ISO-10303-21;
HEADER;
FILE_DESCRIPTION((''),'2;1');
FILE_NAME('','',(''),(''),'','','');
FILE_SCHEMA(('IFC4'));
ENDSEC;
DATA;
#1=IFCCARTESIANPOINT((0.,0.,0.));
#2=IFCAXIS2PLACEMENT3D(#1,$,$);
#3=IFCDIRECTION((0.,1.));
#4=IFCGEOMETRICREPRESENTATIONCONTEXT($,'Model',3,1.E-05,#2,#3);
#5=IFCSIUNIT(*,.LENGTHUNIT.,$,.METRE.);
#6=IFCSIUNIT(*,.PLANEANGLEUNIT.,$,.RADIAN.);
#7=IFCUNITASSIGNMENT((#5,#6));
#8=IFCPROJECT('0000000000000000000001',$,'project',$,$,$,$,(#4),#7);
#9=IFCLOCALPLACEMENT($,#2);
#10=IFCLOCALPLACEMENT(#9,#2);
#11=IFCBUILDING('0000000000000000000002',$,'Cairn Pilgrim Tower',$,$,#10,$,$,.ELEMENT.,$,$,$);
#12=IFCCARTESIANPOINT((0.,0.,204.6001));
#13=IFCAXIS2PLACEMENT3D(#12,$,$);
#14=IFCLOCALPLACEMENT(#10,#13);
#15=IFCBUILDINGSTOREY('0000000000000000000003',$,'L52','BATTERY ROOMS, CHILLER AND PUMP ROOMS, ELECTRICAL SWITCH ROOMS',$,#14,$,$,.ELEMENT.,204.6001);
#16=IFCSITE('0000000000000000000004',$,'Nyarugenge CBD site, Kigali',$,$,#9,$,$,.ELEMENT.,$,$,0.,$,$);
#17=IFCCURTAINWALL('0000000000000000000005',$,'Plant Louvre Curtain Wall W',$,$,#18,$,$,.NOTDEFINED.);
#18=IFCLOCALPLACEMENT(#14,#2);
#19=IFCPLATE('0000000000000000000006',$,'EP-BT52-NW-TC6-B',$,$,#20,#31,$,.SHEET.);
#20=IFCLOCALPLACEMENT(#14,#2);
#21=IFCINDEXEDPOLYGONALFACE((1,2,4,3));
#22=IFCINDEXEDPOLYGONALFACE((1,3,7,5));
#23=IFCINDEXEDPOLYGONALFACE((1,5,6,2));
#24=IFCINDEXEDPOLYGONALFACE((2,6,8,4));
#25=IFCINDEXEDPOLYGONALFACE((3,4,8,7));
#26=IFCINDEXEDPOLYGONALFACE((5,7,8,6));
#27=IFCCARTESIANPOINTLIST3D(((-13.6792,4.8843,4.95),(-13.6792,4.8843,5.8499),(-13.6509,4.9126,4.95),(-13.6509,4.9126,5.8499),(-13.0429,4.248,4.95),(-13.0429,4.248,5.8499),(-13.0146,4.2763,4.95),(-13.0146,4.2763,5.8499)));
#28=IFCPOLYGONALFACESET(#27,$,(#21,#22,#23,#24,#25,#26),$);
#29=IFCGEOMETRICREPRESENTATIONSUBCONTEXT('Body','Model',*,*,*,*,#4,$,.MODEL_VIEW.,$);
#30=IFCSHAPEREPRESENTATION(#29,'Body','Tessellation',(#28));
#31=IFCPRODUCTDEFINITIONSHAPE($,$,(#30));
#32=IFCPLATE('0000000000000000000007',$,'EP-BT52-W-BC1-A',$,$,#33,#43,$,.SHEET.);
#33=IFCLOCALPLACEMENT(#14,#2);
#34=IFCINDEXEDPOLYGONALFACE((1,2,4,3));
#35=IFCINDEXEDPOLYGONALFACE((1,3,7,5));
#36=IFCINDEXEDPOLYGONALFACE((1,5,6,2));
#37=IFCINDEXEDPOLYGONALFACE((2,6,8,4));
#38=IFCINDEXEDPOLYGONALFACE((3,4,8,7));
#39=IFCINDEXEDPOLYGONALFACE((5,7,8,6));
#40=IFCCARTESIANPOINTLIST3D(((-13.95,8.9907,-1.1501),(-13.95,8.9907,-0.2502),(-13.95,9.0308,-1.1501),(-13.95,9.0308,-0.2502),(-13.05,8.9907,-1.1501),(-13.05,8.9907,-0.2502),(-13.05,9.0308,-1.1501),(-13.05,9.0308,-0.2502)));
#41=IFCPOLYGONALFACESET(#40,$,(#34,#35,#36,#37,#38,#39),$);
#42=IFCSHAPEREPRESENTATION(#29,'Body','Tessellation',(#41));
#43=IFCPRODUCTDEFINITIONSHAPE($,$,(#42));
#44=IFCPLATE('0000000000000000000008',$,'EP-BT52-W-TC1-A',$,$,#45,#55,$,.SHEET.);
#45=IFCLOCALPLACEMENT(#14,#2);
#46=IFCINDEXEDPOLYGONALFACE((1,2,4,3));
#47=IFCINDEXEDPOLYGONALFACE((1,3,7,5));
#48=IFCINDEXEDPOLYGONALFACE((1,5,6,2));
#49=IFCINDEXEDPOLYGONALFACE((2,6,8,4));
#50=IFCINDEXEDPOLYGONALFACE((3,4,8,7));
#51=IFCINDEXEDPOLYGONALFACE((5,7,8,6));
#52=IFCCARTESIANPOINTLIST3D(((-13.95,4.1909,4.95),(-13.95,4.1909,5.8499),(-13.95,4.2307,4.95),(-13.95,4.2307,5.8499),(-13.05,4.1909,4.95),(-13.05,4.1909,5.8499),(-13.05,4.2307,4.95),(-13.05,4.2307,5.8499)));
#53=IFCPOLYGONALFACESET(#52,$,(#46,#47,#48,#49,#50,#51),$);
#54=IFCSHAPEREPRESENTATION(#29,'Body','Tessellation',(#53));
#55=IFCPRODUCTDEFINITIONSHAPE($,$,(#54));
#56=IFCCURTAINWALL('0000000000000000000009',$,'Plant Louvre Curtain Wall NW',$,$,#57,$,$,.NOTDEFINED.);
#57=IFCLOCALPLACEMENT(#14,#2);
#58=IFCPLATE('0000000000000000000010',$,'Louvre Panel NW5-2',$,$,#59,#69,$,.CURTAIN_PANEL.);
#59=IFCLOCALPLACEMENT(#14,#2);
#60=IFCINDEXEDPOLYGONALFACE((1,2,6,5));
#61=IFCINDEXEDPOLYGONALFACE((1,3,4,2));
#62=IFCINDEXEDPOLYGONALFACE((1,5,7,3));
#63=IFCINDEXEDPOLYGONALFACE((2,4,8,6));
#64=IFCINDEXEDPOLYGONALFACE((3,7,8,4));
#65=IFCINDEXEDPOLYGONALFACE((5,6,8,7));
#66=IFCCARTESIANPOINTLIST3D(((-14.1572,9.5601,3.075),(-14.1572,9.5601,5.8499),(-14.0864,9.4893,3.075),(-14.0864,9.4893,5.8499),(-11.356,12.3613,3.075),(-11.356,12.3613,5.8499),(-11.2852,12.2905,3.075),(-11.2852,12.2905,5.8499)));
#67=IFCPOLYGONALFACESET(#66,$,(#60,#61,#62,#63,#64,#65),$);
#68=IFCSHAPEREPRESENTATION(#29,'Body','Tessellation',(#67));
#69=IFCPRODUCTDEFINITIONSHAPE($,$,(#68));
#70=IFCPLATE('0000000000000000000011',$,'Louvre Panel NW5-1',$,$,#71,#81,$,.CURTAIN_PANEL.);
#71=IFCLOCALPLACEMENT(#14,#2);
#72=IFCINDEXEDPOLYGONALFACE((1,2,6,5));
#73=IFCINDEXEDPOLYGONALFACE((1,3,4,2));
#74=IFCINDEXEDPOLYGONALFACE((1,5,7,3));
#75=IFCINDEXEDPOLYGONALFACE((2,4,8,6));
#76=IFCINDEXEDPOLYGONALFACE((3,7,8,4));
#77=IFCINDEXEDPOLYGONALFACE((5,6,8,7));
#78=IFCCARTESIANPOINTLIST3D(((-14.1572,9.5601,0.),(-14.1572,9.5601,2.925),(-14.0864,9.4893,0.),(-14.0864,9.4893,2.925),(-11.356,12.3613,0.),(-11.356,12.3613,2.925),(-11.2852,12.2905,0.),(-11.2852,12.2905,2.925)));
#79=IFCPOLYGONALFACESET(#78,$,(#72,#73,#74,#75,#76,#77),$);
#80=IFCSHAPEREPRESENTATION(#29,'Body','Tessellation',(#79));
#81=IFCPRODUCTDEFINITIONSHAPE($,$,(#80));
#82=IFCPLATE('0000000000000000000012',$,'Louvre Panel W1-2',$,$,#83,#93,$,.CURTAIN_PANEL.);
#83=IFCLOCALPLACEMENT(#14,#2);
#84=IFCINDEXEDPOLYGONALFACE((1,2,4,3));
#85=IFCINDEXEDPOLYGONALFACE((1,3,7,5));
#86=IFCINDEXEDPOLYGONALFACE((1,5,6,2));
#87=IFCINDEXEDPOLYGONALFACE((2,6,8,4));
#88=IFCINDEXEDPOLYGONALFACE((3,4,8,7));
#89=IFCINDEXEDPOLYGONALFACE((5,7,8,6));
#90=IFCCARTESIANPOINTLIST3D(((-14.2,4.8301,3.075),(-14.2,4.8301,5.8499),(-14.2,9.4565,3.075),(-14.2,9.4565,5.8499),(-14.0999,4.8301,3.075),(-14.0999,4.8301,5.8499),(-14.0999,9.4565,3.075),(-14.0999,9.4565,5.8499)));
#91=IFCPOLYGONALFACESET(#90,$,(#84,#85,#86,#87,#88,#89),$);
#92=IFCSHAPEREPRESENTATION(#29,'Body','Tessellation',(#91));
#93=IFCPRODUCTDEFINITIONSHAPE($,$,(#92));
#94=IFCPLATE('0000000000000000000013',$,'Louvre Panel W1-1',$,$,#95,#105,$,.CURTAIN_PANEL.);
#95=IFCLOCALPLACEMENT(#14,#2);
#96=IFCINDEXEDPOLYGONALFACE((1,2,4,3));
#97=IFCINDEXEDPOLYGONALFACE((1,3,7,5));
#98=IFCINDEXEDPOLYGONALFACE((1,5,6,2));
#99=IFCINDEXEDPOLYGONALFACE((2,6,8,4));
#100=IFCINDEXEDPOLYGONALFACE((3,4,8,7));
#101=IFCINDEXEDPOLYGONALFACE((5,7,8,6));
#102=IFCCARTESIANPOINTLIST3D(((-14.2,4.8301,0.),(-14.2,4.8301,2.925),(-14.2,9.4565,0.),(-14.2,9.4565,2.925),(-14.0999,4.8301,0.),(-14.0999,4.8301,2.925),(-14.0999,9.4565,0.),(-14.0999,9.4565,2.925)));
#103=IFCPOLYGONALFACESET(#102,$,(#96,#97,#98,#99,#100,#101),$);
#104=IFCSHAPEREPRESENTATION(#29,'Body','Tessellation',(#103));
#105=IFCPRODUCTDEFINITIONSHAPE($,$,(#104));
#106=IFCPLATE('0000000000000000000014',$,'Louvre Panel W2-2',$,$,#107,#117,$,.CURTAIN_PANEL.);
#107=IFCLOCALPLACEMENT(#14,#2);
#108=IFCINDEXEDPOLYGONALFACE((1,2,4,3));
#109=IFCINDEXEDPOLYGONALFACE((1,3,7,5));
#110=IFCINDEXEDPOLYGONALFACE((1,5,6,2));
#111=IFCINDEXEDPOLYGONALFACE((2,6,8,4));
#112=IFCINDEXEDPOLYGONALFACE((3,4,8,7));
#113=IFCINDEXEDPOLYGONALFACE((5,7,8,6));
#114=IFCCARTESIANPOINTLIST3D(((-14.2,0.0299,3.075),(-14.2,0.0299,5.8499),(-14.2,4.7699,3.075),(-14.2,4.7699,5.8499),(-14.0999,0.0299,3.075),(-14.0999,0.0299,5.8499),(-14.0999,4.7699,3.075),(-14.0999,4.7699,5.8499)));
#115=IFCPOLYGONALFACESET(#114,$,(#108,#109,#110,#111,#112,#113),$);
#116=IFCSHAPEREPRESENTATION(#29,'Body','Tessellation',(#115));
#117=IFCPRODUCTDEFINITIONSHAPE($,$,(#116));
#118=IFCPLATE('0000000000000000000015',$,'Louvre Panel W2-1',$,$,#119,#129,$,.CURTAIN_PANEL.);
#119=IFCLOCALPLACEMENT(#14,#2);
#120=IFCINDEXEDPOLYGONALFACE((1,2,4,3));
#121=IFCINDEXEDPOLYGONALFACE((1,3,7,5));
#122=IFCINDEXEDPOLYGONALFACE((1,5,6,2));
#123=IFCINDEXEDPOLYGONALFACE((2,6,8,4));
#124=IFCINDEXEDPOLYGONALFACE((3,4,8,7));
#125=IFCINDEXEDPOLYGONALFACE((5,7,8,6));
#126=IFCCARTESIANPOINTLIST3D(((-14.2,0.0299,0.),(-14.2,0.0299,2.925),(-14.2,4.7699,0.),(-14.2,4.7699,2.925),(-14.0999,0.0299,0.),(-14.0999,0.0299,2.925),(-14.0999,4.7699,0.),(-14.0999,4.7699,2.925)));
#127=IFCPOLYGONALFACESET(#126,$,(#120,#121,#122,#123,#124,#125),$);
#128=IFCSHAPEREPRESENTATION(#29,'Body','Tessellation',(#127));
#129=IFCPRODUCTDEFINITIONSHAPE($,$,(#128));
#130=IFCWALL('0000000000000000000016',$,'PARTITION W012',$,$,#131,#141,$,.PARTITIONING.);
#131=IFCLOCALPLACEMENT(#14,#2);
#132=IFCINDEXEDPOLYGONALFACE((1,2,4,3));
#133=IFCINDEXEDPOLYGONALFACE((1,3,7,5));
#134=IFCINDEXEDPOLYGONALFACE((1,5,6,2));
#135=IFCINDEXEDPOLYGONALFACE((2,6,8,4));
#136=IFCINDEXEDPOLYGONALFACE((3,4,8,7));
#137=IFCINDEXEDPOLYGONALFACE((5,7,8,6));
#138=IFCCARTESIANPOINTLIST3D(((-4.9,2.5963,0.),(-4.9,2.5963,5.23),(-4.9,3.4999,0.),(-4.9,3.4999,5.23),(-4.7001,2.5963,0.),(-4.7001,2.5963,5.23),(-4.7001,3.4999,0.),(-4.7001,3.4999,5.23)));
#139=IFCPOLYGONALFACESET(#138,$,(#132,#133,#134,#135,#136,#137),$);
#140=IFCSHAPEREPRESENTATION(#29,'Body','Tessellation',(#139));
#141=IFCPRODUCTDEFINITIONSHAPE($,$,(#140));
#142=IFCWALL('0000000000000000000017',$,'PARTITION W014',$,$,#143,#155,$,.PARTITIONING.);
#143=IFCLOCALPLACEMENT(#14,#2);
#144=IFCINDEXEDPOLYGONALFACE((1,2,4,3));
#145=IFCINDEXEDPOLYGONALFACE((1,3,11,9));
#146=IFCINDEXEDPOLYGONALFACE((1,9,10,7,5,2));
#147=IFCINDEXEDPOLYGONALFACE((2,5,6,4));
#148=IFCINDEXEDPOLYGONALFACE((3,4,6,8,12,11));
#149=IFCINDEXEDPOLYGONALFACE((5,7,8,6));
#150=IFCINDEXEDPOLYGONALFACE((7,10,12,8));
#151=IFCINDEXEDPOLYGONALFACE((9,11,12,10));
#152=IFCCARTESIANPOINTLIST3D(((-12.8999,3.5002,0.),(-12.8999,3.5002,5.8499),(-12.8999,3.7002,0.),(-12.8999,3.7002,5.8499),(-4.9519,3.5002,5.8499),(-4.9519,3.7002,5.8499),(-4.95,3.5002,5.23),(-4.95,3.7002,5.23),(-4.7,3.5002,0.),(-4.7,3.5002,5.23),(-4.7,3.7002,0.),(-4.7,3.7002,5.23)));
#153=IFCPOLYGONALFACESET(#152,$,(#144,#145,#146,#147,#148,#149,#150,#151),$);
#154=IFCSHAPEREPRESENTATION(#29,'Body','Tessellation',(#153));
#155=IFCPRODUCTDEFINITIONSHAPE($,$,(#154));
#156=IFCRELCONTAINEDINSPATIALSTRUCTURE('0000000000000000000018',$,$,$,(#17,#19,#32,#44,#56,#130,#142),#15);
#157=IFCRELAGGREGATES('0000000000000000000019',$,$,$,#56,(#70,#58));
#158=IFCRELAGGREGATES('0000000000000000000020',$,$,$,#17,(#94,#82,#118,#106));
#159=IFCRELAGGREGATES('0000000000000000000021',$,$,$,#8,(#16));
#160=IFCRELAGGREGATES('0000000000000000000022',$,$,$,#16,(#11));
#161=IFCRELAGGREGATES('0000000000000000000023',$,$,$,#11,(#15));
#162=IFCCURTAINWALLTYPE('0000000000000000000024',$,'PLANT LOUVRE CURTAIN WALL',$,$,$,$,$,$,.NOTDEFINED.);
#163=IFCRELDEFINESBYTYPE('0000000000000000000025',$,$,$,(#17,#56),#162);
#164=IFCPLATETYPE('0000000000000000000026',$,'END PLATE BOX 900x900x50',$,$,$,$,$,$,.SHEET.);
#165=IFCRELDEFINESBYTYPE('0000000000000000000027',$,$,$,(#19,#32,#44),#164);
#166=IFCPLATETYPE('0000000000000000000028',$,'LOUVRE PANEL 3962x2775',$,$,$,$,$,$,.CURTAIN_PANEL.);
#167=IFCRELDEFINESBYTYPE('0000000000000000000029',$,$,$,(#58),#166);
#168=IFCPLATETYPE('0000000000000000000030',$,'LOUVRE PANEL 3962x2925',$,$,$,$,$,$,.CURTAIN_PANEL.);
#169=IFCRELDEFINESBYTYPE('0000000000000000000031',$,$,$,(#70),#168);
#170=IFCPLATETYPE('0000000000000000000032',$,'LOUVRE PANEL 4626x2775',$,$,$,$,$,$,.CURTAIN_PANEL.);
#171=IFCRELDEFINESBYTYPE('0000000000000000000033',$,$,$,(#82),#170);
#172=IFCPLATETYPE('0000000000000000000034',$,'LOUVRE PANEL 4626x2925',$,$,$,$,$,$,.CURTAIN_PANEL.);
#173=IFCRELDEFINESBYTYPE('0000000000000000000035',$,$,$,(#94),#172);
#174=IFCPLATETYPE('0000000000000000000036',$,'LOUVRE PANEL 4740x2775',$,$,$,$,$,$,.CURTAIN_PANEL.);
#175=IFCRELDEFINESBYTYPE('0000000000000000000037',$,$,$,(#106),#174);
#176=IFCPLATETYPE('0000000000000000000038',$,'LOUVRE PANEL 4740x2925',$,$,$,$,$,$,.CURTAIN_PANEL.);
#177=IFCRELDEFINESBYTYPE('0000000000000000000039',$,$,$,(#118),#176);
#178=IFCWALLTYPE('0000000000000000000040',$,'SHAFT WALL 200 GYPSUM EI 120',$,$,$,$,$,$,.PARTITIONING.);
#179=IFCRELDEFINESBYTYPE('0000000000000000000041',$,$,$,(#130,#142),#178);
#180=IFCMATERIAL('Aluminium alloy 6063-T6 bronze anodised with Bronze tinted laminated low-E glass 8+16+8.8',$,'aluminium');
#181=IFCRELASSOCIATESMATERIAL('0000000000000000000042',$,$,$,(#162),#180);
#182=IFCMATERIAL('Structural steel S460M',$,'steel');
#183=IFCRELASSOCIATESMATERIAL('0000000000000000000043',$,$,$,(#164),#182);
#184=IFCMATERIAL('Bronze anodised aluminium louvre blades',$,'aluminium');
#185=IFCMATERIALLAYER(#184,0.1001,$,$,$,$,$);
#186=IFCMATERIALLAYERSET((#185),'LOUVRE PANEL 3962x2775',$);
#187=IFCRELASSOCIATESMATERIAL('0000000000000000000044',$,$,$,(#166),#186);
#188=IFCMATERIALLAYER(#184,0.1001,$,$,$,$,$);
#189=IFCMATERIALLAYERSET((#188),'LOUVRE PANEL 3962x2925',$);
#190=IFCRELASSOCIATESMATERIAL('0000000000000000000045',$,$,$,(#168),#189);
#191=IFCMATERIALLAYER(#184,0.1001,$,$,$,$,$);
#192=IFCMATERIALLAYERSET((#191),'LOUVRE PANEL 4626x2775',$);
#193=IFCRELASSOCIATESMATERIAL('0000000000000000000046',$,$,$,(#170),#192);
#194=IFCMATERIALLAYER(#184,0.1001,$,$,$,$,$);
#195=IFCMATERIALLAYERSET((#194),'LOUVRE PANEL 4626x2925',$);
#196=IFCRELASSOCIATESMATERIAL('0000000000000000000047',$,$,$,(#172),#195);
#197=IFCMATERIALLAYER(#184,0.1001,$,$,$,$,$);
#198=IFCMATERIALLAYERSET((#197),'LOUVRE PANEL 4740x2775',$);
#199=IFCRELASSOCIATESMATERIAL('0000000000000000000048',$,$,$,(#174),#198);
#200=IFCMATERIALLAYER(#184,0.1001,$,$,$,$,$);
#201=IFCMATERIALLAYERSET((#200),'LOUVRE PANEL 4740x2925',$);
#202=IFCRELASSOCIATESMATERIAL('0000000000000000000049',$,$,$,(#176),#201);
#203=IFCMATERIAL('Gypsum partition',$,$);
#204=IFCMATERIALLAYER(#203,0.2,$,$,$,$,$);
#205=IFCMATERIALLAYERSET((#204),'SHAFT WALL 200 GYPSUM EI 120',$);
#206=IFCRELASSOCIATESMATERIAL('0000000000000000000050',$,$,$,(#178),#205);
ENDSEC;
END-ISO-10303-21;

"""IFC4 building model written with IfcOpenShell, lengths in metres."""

from ifc_helpers import new_model, si_unit, direction, frame, frame_2d, origin, origin_2d, place, context, subcontext, project, spatial, polyline, rectangle, outline, extrude, material, layer, layer_set, material_profile, profile_set, type_object, element, aggregate, save


model = new_model("IFC4")

# Units and contexts
model_context = context("Model", 3, precision=1e-05, world=origin(), true_north=direction((0.0, 1.0)))
body_context = subcontext(model_context, "Body", "Model", "MODEL_VIEW")
ifc_project = project(units=[si_unit("LENGTHUNIT", "METRE"), si_unit("PLANEANGLEUNIT", "RADIAN")], contexts=[model_context])

# Site, building, storey
site_placement = place(None, origin())
site = spatial("IfcSite", under=ifc_project, at=site_placement, Name="Nyarugenge CBD site, Kigali", CompositionType="ELEMENT", RefElevation=0.0)
building_placement = place(site_placement, origin())
building = spatial("IfcBuilding", under=site, at=building_placement, Name="Cairn Pilgrim Tower", CompositionType="ELEMENT")
storey_placement = place(building_placement, frame((0.0, 0.0, 204.6001)))
storey = spatial("IfcBuildingStorey", under=building, at=storey_placement, Name="L52", Description="BATTERY ROOMS, CHILLER AND PUMP ROOMS, ELECTRICAL SWITCH ROOMS", CompositionType="ELEMENT", Elevation=204.6001)

# Shared definitions
ifc_material_1 = material(Name="Structural steel S460M", Category="steel")

# Curtain wall
ifc_material_2 = material(Name="Aluminium alloy 6063-T6 bronze anodised with Bronze tinted laminated low-E glass 8+16+8.8", Category="aluminium")
curtain_wall_type = type_object("IfcCurtainWallType", Name="PLANT LOUVRE CURTAIN WALL", PredefinedType="NOTDEFINED", material=ifc_material_2)
curtain_wall_1_placement = place(storey_placement, origin())
curtain_wall_1 = element("IfcCurtainWall", 1, at=curtain_wall_1_placement, inside=storey, type_object=curtain_wall_type, Name="Plant Louvre Curtain Wall W", PredefinedType="NOTDEFINED")

# Plates
ifc_material_profile_1 = material_profile(ifc_material_1, rectangle(XDim=0.8999, YDim=0.8999, at=origin_2d()), Name="END PLATE BOX 900x900x50")
ifc_profile_set_1 = profile_set([ifc_material_profile_1], Name="Structural steel S460M")
plate_type_1 = type_object("IfcPlateType", Name="END PLATE BOX 900x900x50", PredefinedType="SHEET", material=ifc_profile_set_1)
for number, where, z_axis, x_axis, name in (
    (2, (-13.3328, 4.5945, 5.3999), (-0.707107, -0.707107, 0.0), (0.707107, -0.707107, 0.0), "EP-BT52-NW-TC6-B"),
    (3, (-13.5, 8.9907, -0.7002), (0.0, 1.0, 0.0), (-1.0, 0.0, 0.0), "EP-BT52-W-BC1-A"),
):
    element("IfcPlate", number, at=place(storey_placement, frame(where, z_axis=z_axis, x_axis=x_axis)), inside=storey, type_object=plate_type_1, Name=name, PredefinedType="SHEET", context=body_context, shape_type="SweptSolid", body=[
        extrude(rectangle(XDim=0.8999, YDim=0.8999, at=origin_2d()), origin(), (0.0, 0.0, 1.0), 0.04),
    ])
plate_1_placement = place(storey_placement, frame((-13.5, 4.1909, 5.3999), z_axis=(0.0, 1.0, 0.0), x_axis=(-1.0, 0.0, 0.0)))
element("IfcPlate", 4, at=plate_1_placement, inside=storey, type_object=plate_type_1, Name="EP-BT52-W-TC1-A", PredefinedType="SHEET", context=body_context, shape_type="SweptSolid", body=[
    extrude(rectangle(XDim=0.8999, YDim=0.8999, at=origin_2d()), origin(), (0.0, 0.0, 1.0), 0.0398),
])

# Curtain wall, plates
curtain_wall_2_placement = place(storey_placement, origin())
curtain_wall_2 = element("IfcCurtainWall", 5, at=curtain_wall_2_placement, inside=storey, type_object=curtain_wall_type, Name="Plant Louvre Curtain Wall NW", PredefinedType="NOTDEFINED")
ifc_material_3 = material(Name="Bronze anodised aluminium louvre blades", Category="aluminium")
ifc_layer_1 = layer(ifc_material_3, 0.1001)
ifc_layer_set_1 = layer_set([ifc_layer_1], Name="LOUVRE PANEL 3962x2775")
plate_type_2 = type_object("IfcPlateType", Name="LOUVRE PANEL 3962x2775", PredefinedType="CURTAIN_PANEL", material=ifc_layer_set_1)
plate_2_placement = place(storey_placement, frame((-12.7212, 10.9253, 3.075), z_axis=(0.0, 0.0, 1.0), x_axis=(-0.707107, -0.707107, 0.0)))
plate_2 = element("IfcPlate", 6, at=plate_2_placement, type_object=plate_type_2, Name="Louvre Panel NW5-2", PredefinedType="CURTAIN_PANEL", context=body_context, shape_type="SweptSolid", body=[
    extrude(rectangle(XDim=3.9614, YDim=0.1001, at=origin_2d()), origin(), (0.0, 0.0, 1.0), 2.7749),
])
ifc_layer_2 = layer(ifc_material_3, 0.1001)
ifc_layer_set_2 = layer_set([ifc_layer_2], Name="LOUVRE PANEL 3962x2925")
plate_type_3 = type_object("IfcPlateType", Name="LOUVRE PANEL 3962x2925", PredefinedType="CURTAIN_PANEL", material=ifc_layer_set_2)
plate_3_placement = place(storey_placement, frame((-12.7212, 10.9253, 0.0), z_axis=(0.0, 0.0, 1.0), x_axis=(-0.707107, -0.707107, 0.0)))
plate_3 = element("IfcPlate", 7, at=plate_3_placement, type_object=plate_type_3, Name="Louvre Panel NW5-1", PredefinedType="CURTAIN_PANEL", context=body_context, shape_type="SweptSolid", body=[
    extrude(rectangle(XDim=3.9614, YDim=0.1001, at=origin_2d()), origin(), (0.0, 0.0, 1.0), 2.925),
])
aggregate(curtain_wall_2, [plate_3, plate_2])

# Plates
ifc_layer_3 = layer(ifc_material_3, 0.1001)
ifc_layer_set_3 = layer_set([ifc_layer_3], Name="LOUVRE PANEL 4626x2775")
plate_type_4 = type_object("IfcPlateType", Name="LOUVRE PANEL 4626x2775", PredefinedType="CURTAIN_PANEL", material=ifc_layer_set_3)
plate_4_placement = place(storey_placement, frame((-14.1499, 7.1433, 3.075), z_axis=(0.0, 0.0, 1.0), x_axis=(0.0, -1.0, 0.0)))
plate_4 = element("IfcPlate", 8, at=plate_4_placement, type_object=plate_type_4, Name="Louvre Panel W1-2", PredefinedType="CURTAIN_PANEL", context=body_context, shape_type="SweptSolid", body=[
    extrude(rectangle(XDim=4.6265, YDim=0.1001, at=origin_2d()), origin(), (0.0, 0.0, 1.0), 2.7749),
])
ifc_layer_4 = layer(ifc_material_3, 0.1001)
ifc_layer_set_4 = layer_set([ifc_layer_4], Name="LOUVRE PANEL 4626x2925")
plate_type_5 = type_object("IfcPlateType", Name="LOUVRE PANEL 4626x2925", PredefinedType="CURTAIN_PANEL", material=ifc_layer_set_4)
plate_5_placement = place(storey_placement, frame((-14.1499, 7.1433, 0.0), z_axis=(0.0, 0.0, 1.0), x_axis=(0.0, -1.0, 0.0)))
plate_5 = element("IfcPlate", 9, at=plate_5_placement, type_object=plate_type_5, Name="Louvre Panel W1-1", PredefinedType="CURTAIN_PANEL", context=body_context, shape_type="SweptSolid", body=[
    extrude(rectangle(XDim=4.6265, YDim=0.1001, at=origin_2d()), origin(), (0.0, 0.0, 1.0), 2.925),
])
ifc_layer_5 = layer(ifc_material_3, 0.1001)
ifc_layer_set_5 = layer_set([ifc_layer_5], Name="LOUVRE PANEL 4740x2775")
plate_type_6 = type_object("IfcPlateType", Name="LOUVRE PANEL 4740x2775", PredefinedType="CURTAIN_PANEL", material=ifc_layer_set_5)
plate_6_placement = place(storey_placement, frame((-14.1499, 2.3999, 3.075), z_axis=(0.0, 0.0, 1.0), x_axis=(0.0, -1.0, 0.0)))
plate_6 = element("IfcPlate", 10, at=plate_6_placement, type_object=plate_type_6, Name="Louvre Panel W2-2", PredefinedType="CURTAIN_PANEL", context=body_context, shape_type="SweptSolid", body=[
    extrude(rectangle(XDim=4.74, YDim=0.1001, at=origin_2d()), origin(), (0.0, 0.0, 1.0), 2.7749),
])
ifc_layer_6 = layer(ifc_material_3, 0.1001)
ifc_layer_set_6 = layer_set([ifc_layer_6], Name="LOUVRE PANEL 4740x2925")
plate_type_7 = type_object("IfcPlateType", Name="LOUVRE PANEL 4740x2925", PredefinedType="CURTAIN_PANEL", material=ifc_layer_set_6)
plate_7_placement = place(storey_placement, frame((-14.1499, 2.3999, 0.0), z_axis=(0.0, 0.0, 1.0), x_axis=(0.0, -1.0, 0.0)))
plate_7 = element("IfcPlate", 11, at=plate_7_placement, type_object=plate_type_7, Name="Louvre Panel W2-1", PredefinedType="CURTAIN_PANEL", context=body_context, shape_type="SweptSolid", body=[
    extrude(rectangle(XDim=4.74, YDim=0.1001, at=origin_2d()), origin(), (0.0, 0.0, 1.0), 2.925),
])
aggregate(curtain_wall_1, [plate_5, plate_4, plate_7, plate_6])

# Walls
ifc_material_4 = material(Name="Gypsum partition")
ifc_layer_7 = layer(ifc_material_4, 0.2)
ifc_layer_set_7 = layer_set([ifc_layer_7], Name="SHAFT WALL 200 GYPSUM EI 120")
wall_type = type_object("IfcWallType", Name="SHAFT WALL 200 GYPSUM EI 120", PredefinedType="PARTITIONING", material=ifc_layer_set_7)
wall_1_placement = place(storey_placement, frame((-4.8, 2.5964, 0.0), z_axis=(0.0, 0.0, 1.0), x_axis=(0.0, 1.0, 0.0)))
element("IfcWall", 12, at=wall_1_placement, inside=storey, type_object=wall_type, Name="PARTITION W012", PredefinedType="PARTITIONING", context=body_context, shape_type="SweptSolid", body=[
    extrude(rectangle(XDim=0.9036, YDim=0.2, at=frame_2d((0.4517, 0.0))), origin(), (0.0, 0.0, 1.0), 5.23),
])
wall_2_placement = place(storey_placement, frame((-12.8999, 3.6001, 0.0), z_axis=(0.0, 0.0, 1.0), x_axis=(1.0, 0.0, 0.0)))
element("IfcWall", 13, at=wall_2_placement, inside=storey, type_object=wall_type, Name="PARTITION W014", PredefinedType="PARTITIONING", context=body_context, shape_type="SweptSolid", body=[
    extrude(outline(polyline([(0.0, 0.0), (8.2, 0.0), (8.2, 5.23), (7.95, 5.23), (7.948, 5.8499), (0.0, 5.8499), (0.0, 0.0)])), frame((0.0, 0.1001, 0.0), z_axis=(0.0, -1.0, 0.0), x_axis=(1.0, 0.0, 0.0)), (0.0, 0.0, 1.0), 0.2),
])

save(model, "model.ifc")
